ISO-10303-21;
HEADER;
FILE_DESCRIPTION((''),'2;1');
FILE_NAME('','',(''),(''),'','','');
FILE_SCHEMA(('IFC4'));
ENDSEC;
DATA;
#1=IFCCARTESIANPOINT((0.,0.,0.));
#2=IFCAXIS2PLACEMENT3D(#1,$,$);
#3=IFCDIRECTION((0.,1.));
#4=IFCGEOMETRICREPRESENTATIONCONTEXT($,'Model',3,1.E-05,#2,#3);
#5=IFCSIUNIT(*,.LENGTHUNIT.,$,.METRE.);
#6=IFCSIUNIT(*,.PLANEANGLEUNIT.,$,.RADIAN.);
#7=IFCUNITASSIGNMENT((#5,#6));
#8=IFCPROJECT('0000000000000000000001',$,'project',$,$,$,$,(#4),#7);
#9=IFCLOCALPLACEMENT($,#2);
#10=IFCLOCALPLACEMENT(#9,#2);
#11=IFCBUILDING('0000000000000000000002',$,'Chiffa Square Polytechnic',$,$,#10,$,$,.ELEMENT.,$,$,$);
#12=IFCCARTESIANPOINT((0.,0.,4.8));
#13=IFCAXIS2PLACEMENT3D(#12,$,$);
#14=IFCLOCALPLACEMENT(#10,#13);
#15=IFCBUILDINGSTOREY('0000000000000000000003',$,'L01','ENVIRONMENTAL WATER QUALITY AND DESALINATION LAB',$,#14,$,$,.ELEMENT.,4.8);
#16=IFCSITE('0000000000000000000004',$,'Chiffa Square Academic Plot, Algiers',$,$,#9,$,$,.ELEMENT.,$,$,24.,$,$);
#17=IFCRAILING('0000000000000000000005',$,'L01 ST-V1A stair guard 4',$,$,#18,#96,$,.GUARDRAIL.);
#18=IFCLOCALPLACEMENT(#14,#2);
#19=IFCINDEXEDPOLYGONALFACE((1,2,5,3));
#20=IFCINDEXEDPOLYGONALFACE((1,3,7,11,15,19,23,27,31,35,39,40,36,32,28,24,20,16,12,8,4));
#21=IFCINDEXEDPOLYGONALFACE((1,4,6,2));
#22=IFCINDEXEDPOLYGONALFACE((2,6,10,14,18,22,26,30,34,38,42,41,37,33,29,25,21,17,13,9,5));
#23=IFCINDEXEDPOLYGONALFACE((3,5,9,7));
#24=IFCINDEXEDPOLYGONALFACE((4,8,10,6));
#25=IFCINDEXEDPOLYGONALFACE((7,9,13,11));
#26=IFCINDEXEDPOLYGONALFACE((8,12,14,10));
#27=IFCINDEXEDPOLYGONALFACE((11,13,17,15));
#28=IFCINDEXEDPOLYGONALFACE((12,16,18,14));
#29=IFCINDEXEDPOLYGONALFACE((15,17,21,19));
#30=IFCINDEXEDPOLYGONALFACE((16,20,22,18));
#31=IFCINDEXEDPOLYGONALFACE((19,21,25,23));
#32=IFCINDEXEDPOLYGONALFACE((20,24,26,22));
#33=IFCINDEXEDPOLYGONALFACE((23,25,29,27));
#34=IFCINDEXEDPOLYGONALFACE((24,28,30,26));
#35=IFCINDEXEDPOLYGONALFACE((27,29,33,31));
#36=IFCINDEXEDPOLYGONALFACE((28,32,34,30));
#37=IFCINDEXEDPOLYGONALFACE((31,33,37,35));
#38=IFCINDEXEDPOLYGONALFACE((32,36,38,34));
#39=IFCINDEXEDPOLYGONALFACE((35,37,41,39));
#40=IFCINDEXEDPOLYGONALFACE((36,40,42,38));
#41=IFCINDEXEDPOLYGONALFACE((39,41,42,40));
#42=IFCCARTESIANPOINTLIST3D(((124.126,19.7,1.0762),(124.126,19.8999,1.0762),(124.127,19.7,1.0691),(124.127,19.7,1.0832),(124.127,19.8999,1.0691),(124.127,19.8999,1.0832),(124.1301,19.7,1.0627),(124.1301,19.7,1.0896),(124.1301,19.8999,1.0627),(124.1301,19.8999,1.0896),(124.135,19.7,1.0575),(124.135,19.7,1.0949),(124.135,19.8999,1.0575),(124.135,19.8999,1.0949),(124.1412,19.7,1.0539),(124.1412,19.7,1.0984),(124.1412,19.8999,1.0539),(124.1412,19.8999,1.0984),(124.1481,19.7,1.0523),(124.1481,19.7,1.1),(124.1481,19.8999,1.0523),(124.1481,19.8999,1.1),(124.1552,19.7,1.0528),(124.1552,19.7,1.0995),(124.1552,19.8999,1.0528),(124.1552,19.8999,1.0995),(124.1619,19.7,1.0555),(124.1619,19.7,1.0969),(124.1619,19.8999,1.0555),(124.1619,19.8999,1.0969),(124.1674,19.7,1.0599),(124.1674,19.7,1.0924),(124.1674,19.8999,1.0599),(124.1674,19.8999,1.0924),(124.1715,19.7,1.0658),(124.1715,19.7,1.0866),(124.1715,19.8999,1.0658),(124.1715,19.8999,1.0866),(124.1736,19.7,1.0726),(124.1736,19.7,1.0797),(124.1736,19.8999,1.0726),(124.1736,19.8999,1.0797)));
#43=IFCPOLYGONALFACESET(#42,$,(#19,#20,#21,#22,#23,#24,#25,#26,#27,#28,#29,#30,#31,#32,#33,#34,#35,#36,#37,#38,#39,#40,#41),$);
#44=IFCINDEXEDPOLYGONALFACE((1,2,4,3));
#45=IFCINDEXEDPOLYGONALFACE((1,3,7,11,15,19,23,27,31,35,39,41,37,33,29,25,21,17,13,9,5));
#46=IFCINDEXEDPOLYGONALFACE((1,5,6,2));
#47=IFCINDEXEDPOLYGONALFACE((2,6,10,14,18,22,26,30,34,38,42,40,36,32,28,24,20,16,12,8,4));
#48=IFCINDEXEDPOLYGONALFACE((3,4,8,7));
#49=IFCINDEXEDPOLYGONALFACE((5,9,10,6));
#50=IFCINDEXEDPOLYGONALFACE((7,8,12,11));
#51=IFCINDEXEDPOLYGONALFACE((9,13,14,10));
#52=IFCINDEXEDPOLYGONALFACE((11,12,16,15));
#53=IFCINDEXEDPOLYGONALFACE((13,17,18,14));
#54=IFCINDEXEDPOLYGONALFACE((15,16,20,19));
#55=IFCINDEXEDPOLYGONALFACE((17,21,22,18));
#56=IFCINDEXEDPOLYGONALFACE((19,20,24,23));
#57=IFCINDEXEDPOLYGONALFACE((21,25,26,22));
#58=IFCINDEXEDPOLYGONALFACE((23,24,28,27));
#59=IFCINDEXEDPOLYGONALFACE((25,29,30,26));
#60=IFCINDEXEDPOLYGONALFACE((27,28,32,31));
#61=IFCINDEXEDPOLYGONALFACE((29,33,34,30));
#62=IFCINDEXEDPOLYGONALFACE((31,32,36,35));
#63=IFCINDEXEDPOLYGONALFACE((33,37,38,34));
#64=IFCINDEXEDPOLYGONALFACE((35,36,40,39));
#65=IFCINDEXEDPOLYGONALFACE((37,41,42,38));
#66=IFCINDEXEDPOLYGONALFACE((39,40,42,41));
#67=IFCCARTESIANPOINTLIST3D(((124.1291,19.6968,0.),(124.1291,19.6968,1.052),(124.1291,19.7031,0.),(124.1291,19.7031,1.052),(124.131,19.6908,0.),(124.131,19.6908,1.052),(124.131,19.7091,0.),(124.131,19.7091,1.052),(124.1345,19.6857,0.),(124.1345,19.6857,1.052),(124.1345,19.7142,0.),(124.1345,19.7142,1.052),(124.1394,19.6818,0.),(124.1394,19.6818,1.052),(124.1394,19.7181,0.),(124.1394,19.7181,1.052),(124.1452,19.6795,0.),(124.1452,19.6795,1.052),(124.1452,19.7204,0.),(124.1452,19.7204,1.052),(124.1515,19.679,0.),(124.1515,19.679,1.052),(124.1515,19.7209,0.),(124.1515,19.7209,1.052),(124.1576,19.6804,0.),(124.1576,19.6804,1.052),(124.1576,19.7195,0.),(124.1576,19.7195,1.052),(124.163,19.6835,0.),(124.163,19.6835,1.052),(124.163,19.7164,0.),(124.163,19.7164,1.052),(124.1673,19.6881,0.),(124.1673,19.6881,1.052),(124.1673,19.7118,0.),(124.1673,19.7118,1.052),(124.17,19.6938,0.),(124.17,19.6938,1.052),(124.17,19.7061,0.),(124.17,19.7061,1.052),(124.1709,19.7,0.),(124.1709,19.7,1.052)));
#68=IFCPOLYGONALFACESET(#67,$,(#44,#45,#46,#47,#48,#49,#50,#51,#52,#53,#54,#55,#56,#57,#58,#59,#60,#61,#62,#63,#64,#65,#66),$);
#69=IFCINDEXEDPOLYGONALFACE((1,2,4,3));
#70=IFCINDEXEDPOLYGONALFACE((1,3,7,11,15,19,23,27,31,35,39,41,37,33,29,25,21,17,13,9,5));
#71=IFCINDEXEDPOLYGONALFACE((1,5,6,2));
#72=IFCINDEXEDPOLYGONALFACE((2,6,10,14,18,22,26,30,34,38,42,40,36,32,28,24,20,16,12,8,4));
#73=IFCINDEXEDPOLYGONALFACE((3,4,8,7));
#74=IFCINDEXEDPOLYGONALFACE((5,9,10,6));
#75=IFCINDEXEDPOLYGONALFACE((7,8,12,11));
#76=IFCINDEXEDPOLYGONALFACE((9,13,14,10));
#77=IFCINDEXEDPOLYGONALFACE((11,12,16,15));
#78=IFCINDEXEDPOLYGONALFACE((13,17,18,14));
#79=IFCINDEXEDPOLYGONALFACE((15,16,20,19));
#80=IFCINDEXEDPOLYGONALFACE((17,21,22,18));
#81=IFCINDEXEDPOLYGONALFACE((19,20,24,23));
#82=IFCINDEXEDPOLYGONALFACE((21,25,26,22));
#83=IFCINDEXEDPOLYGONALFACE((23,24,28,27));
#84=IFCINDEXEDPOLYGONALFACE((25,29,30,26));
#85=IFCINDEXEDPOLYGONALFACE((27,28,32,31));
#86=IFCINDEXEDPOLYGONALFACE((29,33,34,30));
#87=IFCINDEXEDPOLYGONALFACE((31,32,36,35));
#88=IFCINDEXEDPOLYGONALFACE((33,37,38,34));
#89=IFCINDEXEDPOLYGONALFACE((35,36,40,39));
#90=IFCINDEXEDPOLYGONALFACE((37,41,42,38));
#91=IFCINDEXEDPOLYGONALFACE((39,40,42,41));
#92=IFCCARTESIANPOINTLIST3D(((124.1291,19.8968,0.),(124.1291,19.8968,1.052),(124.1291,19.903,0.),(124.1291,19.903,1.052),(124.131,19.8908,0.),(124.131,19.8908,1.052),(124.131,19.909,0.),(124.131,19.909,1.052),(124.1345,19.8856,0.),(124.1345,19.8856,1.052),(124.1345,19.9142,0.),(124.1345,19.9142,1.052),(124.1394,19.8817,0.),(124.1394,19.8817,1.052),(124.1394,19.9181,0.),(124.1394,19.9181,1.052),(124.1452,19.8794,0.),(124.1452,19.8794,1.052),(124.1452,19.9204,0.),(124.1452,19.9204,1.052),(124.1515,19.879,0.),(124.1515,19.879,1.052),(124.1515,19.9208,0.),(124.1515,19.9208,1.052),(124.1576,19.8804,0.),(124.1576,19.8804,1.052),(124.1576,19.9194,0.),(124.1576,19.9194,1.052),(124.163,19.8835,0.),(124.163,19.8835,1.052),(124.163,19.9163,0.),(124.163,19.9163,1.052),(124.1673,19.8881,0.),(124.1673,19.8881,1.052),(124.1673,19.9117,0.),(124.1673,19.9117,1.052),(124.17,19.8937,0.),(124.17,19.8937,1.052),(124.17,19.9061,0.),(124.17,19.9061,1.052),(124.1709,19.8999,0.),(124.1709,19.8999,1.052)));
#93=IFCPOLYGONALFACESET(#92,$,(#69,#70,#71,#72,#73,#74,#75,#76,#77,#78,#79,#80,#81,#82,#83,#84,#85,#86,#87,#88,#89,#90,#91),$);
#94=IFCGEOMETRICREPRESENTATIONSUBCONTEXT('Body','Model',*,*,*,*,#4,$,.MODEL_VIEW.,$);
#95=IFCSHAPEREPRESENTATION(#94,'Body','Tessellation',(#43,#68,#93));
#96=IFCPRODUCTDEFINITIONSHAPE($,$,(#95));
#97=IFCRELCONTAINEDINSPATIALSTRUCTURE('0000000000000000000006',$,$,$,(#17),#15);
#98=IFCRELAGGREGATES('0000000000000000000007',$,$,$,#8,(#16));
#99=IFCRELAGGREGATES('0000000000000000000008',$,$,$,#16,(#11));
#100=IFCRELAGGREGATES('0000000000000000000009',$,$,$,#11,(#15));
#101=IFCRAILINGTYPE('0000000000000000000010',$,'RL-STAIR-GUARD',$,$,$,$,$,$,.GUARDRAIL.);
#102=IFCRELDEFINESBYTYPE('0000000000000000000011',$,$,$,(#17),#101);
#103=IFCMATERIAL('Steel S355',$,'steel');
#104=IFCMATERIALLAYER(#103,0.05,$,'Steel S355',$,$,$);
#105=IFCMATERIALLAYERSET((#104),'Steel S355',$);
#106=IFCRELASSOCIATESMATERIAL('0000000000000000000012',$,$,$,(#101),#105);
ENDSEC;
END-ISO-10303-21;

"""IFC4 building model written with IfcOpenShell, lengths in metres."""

from ifc_helpers import new_model, si_unit, direction, frame, origin, origin_2d, place, context, subcontext, project, spatial, circle, extrude, material, layer, layer_set, type_object, element, save


model = new_model("IFC4")

# Units and contexts
model_context = context("Model", 3, precision=1e-05, world=origin(), true_north=direction((0.0, 1.0)))
body_context = subcontext(model_context, "Body", "Model", "MODEL_VIEW")
ifc_project = project(units=[si_unit("LENGTHUNIT", "METRE"), si_unit("PLANEANGLEUNIT", "RADIAN")], contexts=[model_context])

# Site, building, storey
site_placement = place(None, origin())
site = spatial("IfcSite", under=ifc_project, at=site_placement, Name="Chiffa Square Academic Plot, Algiers", CompositionType="ELEMENT", RefElevation=24.0)
building_placement = place(site_placement, origin())
building = spatial("IfcBuilding", under=site, at=building_placement, Name="Chiffa Square Polytechnic", CompositionType="ELEMENT")
storey_placement = place(building_placement, frame((0.0, 0.0, 4.8)))
storey = spatial("IfcBuildingStorey", under=building, at=storey_placement, Name="L01", Description="ENVIRONMENTAL WATER QUALITY AND DESALINATION LAB", CompositionType="ELEMENT", Elevation=4.8)

# Railing
ifc_material_1 = material(Name="Steel S355", Category="steel")
ifc_layer_1 = layer(ifc_material_1, 0.05, Name="Steel S355")
ifc_layer_set_1 = layer_set([ifc_layer_1], Name="Steel S355")
railing_type_1 = type_object("IfcRailingType", Name="RL-STAIR-GUARD", PredefinedType="GUARDRAIL", material=ifc_layer_set_1)
railing_1_placement = place(storey_placement, frame((124.1499, 19.7, 0.0)))
element("IfcRailing", 1, at=railing_1_placement, inside=storey, type_object=railing_type_1, Name="L01 ST-V1A stair guard 4", PredefinedType="GUARDRAIL", context=body_context, shape_type="SweptSolid", body=[
    extrude(circle(Radius=0.0239, at=origin_2d()), frame((0.0, 0.0, 1.0762), z_axis=(0.0, 1.0, 0.0), x_axis=(-1.0, 0.0, 0.0)), (0.0, 0.0, 1.0), 0.2),
    extrude(circle(Radius=0.021, at=origin_2d()), origin(), (0.0, 0.0, 1.0), 1.052),
    extrude(circle(Radius=0.021, at=origin_2d()), frame((0.0, 0.2, 0.0)), (0.0, 0.0, 1.0), 1.052),
])

save(model, "model.ifc")
